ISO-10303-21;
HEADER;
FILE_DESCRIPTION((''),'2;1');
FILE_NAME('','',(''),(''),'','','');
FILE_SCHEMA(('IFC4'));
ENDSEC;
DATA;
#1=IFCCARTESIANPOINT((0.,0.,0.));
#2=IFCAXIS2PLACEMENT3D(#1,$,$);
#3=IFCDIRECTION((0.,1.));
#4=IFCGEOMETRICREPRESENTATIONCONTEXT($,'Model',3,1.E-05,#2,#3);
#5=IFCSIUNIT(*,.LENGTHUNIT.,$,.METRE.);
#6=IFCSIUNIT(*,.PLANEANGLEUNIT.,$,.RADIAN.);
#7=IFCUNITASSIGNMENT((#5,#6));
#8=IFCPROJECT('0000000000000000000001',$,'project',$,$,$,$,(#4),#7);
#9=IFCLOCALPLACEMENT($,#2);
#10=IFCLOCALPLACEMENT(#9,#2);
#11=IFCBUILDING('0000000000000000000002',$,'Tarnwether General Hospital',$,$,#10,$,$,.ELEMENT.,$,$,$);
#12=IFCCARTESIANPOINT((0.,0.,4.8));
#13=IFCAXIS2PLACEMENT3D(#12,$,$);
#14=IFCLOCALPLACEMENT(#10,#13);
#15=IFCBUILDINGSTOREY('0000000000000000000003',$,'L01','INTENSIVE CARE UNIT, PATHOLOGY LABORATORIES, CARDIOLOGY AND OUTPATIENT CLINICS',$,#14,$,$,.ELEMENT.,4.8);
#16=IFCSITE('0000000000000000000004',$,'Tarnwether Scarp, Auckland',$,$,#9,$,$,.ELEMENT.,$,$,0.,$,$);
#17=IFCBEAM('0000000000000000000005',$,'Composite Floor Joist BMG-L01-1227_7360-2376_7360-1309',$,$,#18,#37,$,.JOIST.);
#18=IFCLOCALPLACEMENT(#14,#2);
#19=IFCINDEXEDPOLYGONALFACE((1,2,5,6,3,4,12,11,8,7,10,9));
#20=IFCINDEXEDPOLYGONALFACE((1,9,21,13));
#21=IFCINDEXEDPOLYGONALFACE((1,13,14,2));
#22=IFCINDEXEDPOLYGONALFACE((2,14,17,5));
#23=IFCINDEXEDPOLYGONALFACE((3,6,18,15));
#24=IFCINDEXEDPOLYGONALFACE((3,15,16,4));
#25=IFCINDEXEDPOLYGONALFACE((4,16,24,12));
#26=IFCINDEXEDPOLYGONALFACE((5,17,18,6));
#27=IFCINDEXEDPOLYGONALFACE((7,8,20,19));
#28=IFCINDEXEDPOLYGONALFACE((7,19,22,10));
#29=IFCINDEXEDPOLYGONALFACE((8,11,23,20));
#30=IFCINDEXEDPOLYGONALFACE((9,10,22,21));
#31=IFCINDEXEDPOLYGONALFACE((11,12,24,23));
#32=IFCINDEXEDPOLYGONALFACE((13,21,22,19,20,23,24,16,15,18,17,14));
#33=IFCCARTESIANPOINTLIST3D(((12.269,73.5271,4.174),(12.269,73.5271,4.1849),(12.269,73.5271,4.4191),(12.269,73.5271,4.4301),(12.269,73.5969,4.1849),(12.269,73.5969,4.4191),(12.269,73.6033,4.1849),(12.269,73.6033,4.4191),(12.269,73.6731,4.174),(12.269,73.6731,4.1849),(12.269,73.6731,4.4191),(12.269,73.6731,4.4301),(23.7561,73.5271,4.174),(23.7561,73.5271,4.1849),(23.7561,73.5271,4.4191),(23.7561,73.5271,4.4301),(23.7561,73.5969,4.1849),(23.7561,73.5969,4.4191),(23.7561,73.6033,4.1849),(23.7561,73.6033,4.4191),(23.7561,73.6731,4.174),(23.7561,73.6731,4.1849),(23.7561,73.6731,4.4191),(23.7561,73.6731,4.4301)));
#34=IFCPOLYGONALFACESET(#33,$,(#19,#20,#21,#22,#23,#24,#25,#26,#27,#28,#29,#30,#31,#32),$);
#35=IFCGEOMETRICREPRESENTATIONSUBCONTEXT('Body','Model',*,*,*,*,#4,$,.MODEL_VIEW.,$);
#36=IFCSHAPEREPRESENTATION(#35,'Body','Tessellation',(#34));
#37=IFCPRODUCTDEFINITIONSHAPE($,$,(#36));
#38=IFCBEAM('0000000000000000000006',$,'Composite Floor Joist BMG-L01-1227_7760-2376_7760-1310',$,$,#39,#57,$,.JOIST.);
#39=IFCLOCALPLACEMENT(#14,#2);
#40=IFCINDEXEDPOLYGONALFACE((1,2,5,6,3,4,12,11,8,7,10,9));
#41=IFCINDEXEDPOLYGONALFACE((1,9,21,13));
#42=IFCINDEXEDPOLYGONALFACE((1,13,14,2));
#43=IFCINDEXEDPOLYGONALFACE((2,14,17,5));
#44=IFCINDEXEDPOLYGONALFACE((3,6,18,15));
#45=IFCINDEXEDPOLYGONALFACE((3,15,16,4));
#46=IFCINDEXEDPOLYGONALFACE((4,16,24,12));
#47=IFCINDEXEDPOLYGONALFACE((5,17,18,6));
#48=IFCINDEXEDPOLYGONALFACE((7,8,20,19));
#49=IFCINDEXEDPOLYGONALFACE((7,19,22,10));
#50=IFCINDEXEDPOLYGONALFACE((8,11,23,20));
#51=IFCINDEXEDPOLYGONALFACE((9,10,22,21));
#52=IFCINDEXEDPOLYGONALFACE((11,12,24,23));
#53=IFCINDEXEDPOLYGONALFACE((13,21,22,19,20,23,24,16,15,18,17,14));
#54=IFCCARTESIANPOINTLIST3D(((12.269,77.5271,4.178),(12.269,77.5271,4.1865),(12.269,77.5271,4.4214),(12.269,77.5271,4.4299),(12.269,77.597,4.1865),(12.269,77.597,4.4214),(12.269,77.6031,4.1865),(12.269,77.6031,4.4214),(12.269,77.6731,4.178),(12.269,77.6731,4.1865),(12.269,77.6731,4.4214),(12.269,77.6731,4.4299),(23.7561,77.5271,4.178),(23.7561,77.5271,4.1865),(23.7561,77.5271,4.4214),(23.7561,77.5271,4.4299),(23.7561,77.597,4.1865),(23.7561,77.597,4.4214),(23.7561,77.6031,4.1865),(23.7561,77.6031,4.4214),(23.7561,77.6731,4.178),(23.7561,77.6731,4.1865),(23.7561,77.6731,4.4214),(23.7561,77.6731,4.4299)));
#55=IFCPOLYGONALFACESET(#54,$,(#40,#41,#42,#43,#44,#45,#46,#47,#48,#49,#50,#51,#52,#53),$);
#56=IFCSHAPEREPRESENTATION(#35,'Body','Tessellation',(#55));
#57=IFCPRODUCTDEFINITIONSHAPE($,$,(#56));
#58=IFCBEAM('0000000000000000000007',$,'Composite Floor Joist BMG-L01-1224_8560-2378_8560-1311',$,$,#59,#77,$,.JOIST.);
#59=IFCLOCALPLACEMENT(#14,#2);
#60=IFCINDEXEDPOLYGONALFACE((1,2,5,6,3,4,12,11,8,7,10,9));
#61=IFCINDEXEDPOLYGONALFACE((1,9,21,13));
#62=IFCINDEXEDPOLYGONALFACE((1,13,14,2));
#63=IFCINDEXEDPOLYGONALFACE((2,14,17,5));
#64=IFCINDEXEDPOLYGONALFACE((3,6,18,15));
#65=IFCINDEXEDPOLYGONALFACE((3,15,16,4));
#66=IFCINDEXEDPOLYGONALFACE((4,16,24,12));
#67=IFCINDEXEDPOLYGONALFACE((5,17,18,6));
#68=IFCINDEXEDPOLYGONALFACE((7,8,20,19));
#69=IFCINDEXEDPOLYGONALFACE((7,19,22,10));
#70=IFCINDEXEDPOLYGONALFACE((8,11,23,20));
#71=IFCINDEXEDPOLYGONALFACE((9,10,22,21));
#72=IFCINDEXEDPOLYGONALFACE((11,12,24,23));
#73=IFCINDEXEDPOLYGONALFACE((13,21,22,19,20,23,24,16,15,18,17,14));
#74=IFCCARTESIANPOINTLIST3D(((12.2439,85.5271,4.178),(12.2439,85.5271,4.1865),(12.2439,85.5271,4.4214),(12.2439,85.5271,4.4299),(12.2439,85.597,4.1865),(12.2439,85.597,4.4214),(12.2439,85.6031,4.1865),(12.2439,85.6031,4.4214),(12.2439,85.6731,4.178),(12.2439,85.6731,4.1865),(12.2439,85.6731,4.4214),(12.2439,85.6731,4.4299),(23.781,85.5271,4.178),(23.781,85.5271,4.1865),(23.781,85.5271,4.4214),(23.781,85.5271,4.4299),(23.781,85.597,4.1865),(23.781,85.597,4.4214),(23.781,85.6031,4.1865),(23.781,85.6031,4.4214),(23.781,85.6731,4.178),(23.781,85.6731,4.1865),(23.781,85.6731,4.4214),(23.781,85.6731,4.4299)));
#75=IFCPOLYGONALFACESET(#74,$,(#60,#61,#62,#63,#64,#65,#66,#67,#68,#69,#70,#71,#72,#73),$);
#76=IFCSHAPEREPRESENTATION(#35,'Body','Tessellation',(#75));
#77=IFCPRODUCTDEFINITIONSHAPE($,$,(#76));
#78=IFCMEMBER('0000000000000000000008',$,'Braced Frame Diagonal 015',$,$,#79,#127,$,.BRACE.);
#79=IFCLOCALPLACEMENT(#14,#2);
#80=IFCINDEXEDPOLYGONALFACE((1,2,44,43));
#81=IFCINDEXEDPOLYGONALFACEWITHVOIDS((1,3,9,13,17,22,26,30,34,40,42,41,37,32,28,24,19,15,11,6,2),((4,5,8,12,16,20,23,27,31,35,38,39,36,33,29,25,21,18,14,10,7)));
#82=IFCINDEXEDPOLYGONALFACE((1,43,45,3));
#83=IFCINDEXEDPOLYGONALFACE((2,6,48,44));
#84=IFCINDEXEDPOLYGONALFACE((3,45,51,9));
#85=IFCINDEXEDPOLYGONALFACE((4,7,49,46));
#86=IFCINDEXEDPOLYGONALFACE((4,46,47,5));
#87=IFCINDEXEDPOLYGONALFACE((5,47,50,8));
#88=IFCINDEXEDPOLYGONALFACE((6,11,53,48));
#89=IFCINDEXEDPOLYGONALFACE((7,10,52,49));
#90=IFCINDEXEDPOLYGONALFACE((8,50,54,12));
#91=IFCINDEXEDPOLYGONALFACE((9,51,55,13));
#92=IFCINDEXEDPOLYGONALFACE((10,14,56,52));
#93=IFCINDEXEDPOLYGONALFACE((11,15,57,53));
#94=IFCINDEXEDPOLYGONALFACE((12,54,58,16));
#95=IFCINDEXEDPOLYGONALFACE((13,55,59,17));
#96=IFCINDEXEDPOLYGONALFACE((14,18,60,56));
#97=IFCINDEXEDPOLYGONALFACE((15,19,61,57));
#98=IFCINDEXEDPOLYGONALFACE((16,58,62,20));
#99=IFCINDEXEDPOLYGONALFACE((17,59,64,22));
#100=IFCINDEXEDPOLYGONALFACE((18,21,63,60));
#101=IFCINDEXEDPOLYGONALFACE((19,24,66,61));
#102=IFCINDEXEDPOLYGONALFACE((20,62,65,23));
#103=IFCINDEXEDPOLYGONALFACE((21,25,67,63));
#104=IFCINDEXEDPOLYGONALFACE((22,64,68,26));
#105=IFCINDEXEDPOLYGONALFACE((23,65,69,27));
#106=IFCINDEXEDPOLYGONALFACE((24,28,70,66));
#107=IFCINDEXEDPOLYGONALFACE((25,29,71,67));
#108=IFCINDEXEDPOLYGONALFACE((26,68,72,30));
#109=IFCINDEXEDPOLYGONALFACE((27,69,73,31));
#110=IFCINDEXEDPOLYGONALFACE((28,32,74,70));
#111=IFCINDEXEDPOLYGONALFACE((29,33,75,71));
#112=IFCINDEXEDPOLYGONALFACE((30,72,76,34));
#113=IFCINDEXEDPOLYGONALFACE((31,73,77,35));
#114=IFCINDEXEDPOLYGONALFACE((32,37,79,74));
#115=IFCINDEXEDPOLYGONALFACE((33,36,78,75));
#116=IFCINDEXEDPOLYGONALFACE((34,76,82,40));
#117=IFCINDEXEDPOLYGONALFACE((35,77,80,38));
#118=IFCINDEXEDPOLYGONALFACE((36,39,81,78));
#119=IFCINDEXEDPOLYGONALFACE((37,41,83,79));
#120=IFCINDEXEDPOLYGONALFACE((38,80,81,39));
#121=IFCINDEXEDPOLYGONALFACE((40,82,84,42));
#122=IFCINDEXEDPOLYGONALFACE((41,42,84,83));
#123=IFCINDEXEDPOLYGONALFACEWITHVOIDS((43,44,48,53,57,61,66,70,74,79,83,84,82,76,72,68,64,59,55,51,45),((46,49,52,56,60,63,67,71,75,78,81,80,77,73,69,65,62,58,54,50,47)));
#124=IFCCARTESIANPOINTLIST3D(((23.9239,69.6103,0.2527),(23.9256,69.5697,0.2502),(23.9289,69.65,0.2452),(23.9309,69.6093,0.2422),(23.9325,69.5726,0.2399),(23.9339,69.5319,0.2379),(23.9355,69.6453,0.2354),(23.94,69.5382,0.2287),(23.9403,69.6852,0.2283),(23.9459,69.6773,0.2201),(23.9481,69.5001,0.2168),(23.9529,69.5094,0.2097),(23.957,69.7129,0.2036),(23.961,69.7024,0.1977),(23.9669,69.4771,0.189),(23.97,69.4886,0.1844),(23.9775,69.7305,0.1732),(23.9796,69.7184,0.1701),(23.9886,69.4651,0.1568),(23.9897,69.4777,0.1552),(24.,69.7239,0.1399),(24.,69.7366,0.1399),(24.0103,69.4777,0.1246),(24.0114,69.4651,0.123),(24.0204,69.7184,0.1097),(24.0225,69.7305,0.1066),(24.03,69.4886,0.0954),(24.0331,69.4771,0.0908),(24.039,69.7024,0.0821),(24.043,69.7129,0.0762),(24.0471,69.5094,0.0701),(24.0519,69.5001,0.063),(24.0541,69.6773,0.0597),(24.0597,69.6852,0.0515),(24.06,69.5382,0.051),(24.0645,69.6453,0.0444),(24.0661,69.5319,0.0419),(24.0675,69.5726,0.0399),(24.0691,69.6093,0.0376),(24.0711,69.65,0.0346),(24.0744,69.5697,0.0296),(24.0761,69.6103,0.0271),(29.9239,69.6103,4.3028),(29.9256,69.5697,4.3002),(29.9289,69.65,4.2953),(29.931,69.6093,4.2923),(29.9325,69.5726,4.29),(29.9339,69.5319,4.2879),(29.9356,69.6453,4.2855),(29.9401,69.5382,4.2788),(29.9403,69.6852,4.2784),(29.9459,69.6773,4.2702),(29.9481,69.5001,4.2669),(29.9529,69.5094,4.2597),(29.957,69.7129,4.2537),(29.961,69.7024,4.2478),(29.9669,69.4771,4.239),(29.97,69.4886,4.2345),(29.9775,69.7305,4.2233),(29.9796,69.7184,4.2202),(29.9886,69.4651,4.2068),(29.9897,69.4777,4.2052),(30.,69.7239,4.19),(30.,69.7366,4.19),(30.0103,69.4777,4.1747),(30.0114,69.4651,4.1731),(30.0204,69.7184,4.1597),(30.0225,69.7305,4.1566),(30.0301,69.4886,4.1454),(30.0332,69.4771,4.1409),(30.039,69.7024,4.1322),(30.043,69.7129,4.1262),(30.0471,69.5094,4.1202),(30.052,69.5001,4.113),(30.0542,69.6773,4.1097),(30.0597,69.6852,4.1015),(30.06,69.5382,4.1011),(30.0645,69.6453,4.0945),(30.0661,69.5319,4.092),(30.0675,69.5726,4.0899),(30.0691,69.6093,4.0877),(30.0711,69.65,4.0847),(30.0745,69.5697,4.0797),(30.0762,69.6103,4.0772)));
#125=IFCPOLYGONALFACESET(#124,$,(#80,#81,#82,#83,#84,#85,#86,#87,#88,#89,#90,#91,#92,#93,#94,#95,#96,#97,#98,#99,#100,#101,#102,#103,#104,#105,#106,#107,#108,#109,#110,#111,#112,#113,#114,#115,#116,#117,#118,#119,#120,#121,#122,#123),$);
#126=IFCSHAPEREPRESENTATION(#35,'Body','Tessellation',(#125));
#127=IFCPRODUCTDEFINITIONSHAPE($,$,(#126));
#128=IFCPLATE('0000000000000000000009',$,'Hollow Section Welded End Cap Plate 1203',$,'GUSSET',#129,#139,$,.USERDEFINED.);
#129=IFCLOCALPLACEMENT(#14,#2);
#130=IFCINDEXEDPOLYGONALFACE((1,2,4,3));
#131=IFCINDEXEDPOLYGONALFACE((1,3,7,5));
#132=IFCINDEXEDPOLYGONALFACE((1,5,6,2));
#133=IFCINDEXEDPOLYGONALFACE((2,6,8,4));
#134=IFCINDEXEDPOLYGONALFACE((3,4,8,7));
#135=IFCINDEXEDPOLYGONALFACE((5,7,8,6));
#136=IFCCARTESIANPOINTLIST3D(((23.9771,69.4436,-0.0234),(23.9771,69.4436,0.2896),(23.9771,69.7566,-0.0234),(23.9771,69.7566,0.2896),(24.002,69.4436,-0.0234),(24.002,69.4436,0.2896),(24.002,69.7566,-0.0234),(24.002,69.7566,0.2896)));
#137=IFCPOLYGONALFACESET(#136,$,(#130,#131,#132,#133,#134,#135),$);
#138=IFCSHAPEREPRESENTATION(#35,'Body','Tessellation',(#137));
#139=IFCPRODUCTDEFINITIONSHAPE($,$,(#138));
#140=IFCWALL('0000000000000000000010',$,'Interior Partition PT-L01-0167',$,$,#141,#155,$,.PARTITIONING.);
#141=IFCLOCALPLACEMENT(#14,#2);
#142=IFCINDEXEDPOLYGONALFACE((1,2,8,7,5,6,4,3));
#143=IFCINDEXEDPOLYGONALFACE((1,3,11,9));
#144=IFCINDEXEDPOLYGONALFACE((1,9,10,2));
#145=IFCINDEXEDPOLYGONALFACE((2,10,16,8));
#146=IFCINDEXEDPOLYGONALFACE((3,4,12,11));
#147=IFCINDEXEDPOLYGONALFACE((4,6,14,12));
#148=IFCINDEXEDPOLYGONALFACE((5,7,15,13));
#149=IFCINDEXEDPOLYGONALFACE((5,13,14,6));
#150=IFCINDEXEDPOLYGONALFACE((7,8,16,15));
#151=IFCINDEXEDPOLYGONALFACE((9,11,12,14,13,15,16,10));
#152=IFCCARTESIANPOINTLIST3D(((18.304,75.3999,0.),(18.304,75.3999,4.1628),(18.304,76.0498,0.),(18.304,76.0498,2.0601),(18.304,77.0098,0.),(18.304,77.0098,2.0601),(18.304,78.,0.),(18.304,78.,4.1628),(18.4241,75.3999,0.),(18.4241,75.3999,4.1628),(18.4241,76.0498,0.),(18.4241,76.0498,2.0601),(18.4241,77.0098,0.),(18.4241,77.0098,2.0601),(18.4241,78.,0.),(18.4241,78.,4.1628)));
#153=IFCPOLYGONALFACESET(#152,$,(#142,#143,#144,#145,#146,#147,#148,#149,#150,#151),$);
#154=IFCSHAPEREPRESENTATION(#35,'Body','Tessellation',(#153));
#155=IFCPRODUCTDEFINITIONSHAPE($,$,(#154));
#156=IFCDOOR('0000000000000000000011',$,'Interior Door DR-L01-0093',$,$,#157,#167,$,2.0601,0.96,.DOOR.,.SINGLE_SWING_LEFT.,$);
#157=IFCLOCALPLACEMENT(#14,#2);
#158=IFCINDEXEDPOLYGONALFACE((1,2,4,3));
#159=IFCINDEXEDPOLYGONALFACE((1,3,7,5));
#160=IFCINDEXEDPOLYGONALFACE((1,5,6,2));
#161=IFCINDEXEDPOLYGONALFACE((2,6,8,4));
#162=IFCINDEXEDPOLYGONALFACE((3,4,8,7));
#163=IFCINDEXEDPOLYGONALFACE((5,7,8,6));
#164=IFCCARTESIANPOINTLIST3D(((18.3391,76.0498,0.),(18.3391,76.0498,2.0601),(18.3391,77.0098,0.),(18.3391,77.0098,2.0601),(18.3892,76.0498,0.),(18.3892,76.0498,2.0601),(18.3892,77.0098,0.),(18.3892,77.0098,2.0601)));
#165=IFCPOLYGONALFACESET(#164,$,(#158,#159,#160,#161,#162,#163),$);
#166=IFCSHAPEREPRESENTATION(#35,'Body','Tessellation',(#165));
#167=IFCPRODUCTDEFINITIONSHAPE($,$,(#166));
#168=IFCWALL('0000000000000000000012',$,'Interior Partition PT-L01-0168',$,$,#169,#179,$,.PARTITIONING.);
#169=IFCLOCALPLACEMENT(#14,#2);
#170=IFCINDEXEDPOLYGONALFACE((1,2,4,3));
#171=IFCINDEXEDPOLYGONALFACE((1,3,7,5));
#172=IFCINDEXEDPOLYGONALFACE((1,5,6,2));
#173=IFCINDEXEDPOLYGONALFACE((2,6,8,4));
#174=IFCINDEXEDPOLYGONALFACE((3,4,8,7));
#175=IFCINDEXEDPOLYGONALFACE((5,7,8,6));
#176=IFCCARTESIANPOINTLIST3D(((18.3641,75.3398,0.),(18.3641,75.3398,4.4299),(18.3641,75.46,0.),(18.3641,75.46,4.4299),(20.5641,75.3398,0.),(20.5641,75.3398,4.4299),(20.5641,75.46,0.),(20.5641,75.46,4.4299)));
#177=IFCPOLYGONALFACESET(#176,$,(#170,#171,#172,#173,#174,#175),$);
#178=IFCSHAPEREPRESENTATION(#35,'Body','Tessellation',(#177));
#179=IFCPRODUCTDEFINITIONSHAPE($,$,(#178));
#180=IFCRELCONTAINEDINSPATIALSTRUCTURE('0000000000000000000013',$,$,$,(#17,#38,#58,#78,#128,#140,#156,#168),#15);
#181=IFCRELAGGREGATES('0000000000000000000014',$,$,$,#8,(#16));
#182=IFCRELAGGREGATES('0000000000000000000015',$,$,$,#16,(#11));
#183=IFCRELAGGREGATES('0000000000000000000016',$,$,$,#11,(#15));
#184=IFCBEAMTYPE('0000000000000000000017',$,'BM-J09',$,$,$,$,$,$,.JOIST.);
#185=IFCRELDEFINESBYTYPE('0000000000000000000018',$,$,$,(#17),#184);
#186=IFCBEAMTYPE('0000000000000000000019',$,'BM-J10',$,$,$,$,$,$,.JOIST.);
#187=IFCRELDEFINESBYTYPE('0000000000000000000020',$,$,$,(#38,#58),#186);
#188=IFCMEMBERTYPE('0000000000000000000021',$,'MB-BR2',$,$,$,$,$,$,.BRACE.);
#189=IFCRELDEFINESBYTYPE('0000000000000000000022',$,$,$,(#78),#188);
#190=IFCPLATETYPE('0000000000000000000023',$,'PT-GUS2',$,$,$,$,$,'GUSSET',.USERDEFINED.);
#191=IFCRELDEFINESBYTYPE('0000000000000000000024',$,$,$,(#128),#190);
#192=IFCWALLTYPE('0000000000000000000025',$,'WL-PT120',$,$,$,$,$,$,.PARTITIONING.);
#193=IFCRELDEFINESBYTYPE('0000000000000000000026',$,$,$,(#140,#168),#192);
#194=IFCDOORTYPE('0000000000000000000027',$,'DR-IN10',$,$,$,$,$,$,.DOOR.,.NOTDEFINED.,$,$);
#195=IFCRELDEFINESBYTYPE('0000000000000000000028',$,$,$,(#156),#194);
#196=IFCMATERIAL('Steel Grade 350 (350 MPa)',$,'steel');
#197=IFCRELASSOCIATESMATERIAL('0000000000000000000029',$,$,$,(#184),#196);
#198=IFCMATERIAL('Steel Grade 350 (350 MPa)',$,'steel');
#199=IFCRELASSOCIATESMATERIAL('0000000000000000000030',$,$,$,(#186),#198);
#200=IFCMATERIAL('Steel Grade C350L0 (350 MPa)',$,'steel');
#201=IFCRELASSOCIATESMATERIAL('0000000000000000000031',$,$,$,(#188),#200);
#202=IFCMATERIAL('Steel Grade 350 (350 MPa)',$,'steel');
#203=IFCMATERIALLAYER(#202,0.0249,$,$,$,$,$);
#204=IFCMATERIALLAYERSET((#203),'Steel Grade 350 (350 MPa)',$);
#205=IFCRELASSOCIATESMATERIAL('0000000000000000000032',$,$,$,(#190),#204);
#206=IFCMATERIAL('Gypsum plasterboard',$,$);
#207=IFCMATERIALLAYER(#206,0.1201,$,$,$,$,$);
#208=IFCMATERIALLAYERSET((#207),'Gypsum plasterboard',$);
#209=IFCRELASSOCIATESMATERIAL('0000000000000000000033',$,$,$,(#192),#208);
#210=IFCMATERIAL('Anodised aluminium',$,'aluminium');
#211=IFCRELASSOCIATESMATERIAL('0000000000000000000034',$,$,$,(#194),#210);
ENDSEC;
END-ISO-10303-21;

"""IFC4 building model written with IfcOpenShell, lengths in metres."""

from ifc_helpers import new_model, si_unit, direction, frame, frame_2d, origin, origin_2d, place, context, subcontext, project, spatial, rectangle, hollow_circle, i_section, extrude, material, layer, layer_set, material_profile, profile_set, type_object, element, fill, save


model = new_model("IFC4")

# Units and contexts
model_context = context("Model", 3, precision=1e-05, world=origin(), true_north=direction((0.0, 1.0)))
body_context = subcontext(model_context, "Body", "Model", "MODEL_VIEW")
ifc_project = project(units=[si_unit("LENGTHUNIT", "METRE"), si_unit("PLANEANGLEUNIT", "RADIAN")], contexts=[model_context])

# Site, building, storey
site_placement = place(None, origin())
site = spatial("IfcSite", under=ifc_project, at=site_placement, Name="Tarnwether Scarp, Auckland", CompositionType="ELEMENT", RefElevation=0.0)
building_placement = place(site_placement, origin())
building = spatial("IfcBuilding", under=site, at=building_placement, Name="Tarnwether General Hospital", CompositionType="ELEMENT")
storey_placement = place(building_placement, frame((0.0, 0.0, 4.8)))
storey = spatial("IfcBuildingStorey", under=building, at=storey_placement, Name="L01", Description="INTENSIVE CARE UNIT, PATHOLOGY LABORATORIES, CARDIOLOGY AND OUTPATIENT CLINICS", CompositionType="ELEMENT", Elevation=4.8)

# Beams
ifc_material_1 = material(Name="Steel Grade 350 (350 MPa)", Category="steel")
ifc_material_profile_1 = material_profile(ifc_material_1, i_section(OverallWidth=0.146, OverallDepth=0.2561, WebThickness=0.0063, FlangeThickness=0.011, at=origin_2d()), Name="250UB37.3")
ifc_profile_set_1 = profile_set([ifc_material_profile_1], Name="Steel Grade 350 (350 MPa)")
beam_type_1 = type_object("IfcBeamType", Name="BM-J09", PredefinedType="JOIST", material=ifc_profile_set_1)
beam_1_placement = place(storey_placement, frame((12.269, 73.6001, 4.302), z_axis=(1.0, 0.0, 0.0), x_axis=(0.0, 1.0, 0.0)))
element("IfcBeam", 1, at=beam_1_placement, inside=storey, type_object=beam_type_1, Name="Composite Floor Joist BMG-L01-1227_7360-2376_7360-1309", PredefinedType="JOIST", context=body_context, shape_type="SweptSolid", body=[
    extrude(i_section(OverallWidth=0.146, OverallDepth=0.2561, WebThickness=0.0063, FlangeThickness=0.011, at=origin_2d()), origin(), (0.0, 0.0, 1.0), 11.4871),
])
ifc_material_2 = material(Name="Steel Grade 350 (350 MPa)", Category="steel")
ifc_material_profile_2 = material_profile(ifc_material_2, i_section(OverallWidth=0.146, OverallDepth=0.252, WebThickness=0.0061, FlangeThickness=0.0085, at=origin_2d()), Name="250UB31.4")
ifc_profile_set_2 = profile_set([ifc_material_profile_2], Name="Steel Grade 350 (350 MPa)")
beam_type_2 = type_object("IfcBeamType", Name="BM-J10", PredefinedType="JOIST", material=ifc_profile_set_2)
beam_2_placement = place(storey_placement, frame((12.269, 77.6001, 4.304), z_axis=(1.0, 0.0, 0.0), x_axis=(0.0, 1.0, 0.0)))
element("IfcBeam", 2, at=beam_2_placement, inside=storey, type_object=beam_type_2, Name="Composite Floor Joist BMG-L01-1227_7760-2376_7760-1310", PredefinedType="JOIST", context=body_context, shape_type="SweptSolid", body=[
    extrude(i_section(OverallWidth=0.146, OverallDepth=0.252, WebThickness=0.0061, FlangeThickness=0.0085, at=origin_2d()), origin(), (0.0, 0.0, 1.0), 11.4871),
])
beam_3_placement = place(storey_placement, frame((12.2439, 85.6001, 4.304), z_axis=(1.0, 0.0, 0.0), x_axis=(0.0, 1.0, 0.0)))
element("IfcBeam", 3, at=beam_3_placement, inside=storey, type_object=beam_type_2, Name="Composite Floor Joist BMG-L01-1224_8560-2378_8560-1311", PredefinedType="JOIST", context=body_context, shape_type="SweptSolid", body=[
    extrude(i_section(OverallWidth=0.146, OverallDepth=0.252, WebThickness=0.0061, FlangeThickness=0.0085, at=origin_2d()), origin(), (0.0, 0.0, 1.0), 11.5371),
])

# Member
ifc_material_3 = material(Name="Steel Grade C350L0 (350 MPa)", Category="steel")
ifc_material_profile_3 = material_profile(ifc_material_3, hollow_circle(Radius=0.1365, WallThickness=0.0127, at=origin_2d()), Name="CHS273.1x12.7")
ifc_profile_set_3 = profile_set([ifc_material_profile_3], Name="Steel Grade C350L0 (350 MPa)")
member_type = type_object("IfcMemberType", Name="MB-BR2", PredefinedType="BRACE", material=ifc_profile_set_3)
member_placement = place(storey_placement, frame((24.0, 69.6001, 0.1399), z_axis=(0.828846, 0.0, 0.559477), x_axis=(0.0, 1.0, 0.0)))
element("IfcMember", 4, at=member_placement, inside=storey, type_object=member_type, Name="Braced Frame Diagonal 015", PredefinedType="BRACE", context=body_context, shape_type="SweptSolid", body=[
    extrude(hollow_circle(Radius=0.1365, WallThickness=0.0127, at=origin_2d()), origin(), (0.0, 0.0, 1.0), 7.239),
])

# Plate
ifc_material_4 = material(Name="Steel Grade 350 (350 MPa)", Category="steel")
ifc_layer_1 = layer(ifc_material_4, 0.0249)
ifc_layer_set_1 = layer_set([ifc_layer_1], Name="Steel Grade 350 (350 MPa)")
plate_type = type_object("IfcPlateType", Name="PT-GUS2", ElementType="GUSSET", PredefinedType="USERDEFINED", material=ifc_layer_set_1)
plate_placement = place(storey_placement, frame((23.9895, 69.6001, -0.0234), z_axis=(0.0, 0.0, 1.0), x_axis=(1.0, 0.0, 0.0)))
element("IfcPlate", 5, at=plate_placement, inside=storey, type_object=plate_type, Name="Hollow Section Welded End Cap Plate 1203", ObjectType="GUSSET", PredefinedType="USERDEFINED", context=body_context, shape_type="SweptSolid", body=[
    extrude(rectangle(XDim=0.0249, YDim=0.313, at=origin_2d()), origin(), (0.0, 0.0, 1.0), 0.313),
])

# Wall, opening, door
ifc_material_5 = material(Name="Gypsum plasterboard")
ifc_layer_2 = layer(ifc_material_5, 0.1201)
ifc_layer_set_2 = layer_set([ifc_layer_2], Name="Gypsum plasterboard")
wall_type_1 = type_object("IfcWallType", Name="WL-PT120", PredefinedType="PARTITIONING", material=ifc_layer_set_2)
wall_1_placement = place(storey_placement, frame((18.364, 75.3999, 0.0), z_axis=(0.0, 0.0, 1.0), x_axis=(0.0, 1.0, 0.0)))
wall_1 = element("IfcWall", 6, at=wall_1_placement, inside=storey, type_object=wall_type_1, Name="Interior Partition PT-L01-0167", PredefinedType="PARTITIONING", context=body_context, shape_type="SweptSolid", body=[
    extrude(rectangle(XDim=2.6001, YDim=0.1201, at=frame_2d((1.3, 0.0))), origin(), (0.0, 0.0, 1.0), 4.1628),
])
opening_1_placement = place(wall_1_placement, frame((0.6499, 0.0, 0.0)))
opening_1 = element("IfcOpeningElement", 7, at=opening_1_placement, cuts=wall_1, PredefinedType="OPENING", context=body_context, shape_type="SweptSolid", body=[
    extrude(rectangle(XDim=0.96, YDim=2.0601, at=frame_2d((0.48, 1.03))), frame((0.0, 0.0701, 0.0), z_axis=(0.0, -1.0, 0.0), x_axis=(1.0, 0.0, 0.0)), (0.0, 0.0, 1.0), 0.1401),
])
ifc_material_6 = material(Name="Anodised aluminium", Category="aluminium")
door_type_1 = type_object("IfcDoorType", Name="DR-IN10", OperationType="NOTDEFINED", PredefinedType="DOOR", material=ifc_material_6)
door_1_placement = place(opening_1_placement, origin())
door_1 = element("IfcDoor", 8, at=door_1_placement, inside=storey, type_object=door_type_1, Name="Interior Door DR-L01-0093", OperationType="SINGLE_SWING_LEFT", OverallHeight=2.0601, OverallWidth=0.96, PredefinedType="DOOR", context=body_context, shape_type="SweptSolid", body=[
    extrude(rectangle(XDim=0.96, YDim=2.0601, at=frame_2d((0.48, 1.03))), frame((0.0, 0.0249, 0.0), z_axis=(0.0, -1.0, 0.0), x_axis=(1.0, 0.0, 0.0)), (0.0, 0.0, 1.0), 0.05),
])
fill(opening_1, door_1)

# Wall
wall_2_placement = place(storey_placement, frame((18.364, 75.3999, 0.0), z_axis=(0.0, 0.0, 1.0), x_axis=(1.0, 0.0, 0.0)))
element("IfcWall", 9, at=wall_2_placement, inside=storey, type_object=wall_type_1, Name="Interior Partition PT-L01-0168", PredefinedType="PARTITIONING", context=body_context, shape_type="SweptSolid", body=[
    extrude(rectangle(XDim=2.2, YDim=0.1201, at=frame_2d((1.1001, 0.0))), origin(), (0.0, 0.0, 1.0), 4.4299),
])

save(model, "model.ifc")
